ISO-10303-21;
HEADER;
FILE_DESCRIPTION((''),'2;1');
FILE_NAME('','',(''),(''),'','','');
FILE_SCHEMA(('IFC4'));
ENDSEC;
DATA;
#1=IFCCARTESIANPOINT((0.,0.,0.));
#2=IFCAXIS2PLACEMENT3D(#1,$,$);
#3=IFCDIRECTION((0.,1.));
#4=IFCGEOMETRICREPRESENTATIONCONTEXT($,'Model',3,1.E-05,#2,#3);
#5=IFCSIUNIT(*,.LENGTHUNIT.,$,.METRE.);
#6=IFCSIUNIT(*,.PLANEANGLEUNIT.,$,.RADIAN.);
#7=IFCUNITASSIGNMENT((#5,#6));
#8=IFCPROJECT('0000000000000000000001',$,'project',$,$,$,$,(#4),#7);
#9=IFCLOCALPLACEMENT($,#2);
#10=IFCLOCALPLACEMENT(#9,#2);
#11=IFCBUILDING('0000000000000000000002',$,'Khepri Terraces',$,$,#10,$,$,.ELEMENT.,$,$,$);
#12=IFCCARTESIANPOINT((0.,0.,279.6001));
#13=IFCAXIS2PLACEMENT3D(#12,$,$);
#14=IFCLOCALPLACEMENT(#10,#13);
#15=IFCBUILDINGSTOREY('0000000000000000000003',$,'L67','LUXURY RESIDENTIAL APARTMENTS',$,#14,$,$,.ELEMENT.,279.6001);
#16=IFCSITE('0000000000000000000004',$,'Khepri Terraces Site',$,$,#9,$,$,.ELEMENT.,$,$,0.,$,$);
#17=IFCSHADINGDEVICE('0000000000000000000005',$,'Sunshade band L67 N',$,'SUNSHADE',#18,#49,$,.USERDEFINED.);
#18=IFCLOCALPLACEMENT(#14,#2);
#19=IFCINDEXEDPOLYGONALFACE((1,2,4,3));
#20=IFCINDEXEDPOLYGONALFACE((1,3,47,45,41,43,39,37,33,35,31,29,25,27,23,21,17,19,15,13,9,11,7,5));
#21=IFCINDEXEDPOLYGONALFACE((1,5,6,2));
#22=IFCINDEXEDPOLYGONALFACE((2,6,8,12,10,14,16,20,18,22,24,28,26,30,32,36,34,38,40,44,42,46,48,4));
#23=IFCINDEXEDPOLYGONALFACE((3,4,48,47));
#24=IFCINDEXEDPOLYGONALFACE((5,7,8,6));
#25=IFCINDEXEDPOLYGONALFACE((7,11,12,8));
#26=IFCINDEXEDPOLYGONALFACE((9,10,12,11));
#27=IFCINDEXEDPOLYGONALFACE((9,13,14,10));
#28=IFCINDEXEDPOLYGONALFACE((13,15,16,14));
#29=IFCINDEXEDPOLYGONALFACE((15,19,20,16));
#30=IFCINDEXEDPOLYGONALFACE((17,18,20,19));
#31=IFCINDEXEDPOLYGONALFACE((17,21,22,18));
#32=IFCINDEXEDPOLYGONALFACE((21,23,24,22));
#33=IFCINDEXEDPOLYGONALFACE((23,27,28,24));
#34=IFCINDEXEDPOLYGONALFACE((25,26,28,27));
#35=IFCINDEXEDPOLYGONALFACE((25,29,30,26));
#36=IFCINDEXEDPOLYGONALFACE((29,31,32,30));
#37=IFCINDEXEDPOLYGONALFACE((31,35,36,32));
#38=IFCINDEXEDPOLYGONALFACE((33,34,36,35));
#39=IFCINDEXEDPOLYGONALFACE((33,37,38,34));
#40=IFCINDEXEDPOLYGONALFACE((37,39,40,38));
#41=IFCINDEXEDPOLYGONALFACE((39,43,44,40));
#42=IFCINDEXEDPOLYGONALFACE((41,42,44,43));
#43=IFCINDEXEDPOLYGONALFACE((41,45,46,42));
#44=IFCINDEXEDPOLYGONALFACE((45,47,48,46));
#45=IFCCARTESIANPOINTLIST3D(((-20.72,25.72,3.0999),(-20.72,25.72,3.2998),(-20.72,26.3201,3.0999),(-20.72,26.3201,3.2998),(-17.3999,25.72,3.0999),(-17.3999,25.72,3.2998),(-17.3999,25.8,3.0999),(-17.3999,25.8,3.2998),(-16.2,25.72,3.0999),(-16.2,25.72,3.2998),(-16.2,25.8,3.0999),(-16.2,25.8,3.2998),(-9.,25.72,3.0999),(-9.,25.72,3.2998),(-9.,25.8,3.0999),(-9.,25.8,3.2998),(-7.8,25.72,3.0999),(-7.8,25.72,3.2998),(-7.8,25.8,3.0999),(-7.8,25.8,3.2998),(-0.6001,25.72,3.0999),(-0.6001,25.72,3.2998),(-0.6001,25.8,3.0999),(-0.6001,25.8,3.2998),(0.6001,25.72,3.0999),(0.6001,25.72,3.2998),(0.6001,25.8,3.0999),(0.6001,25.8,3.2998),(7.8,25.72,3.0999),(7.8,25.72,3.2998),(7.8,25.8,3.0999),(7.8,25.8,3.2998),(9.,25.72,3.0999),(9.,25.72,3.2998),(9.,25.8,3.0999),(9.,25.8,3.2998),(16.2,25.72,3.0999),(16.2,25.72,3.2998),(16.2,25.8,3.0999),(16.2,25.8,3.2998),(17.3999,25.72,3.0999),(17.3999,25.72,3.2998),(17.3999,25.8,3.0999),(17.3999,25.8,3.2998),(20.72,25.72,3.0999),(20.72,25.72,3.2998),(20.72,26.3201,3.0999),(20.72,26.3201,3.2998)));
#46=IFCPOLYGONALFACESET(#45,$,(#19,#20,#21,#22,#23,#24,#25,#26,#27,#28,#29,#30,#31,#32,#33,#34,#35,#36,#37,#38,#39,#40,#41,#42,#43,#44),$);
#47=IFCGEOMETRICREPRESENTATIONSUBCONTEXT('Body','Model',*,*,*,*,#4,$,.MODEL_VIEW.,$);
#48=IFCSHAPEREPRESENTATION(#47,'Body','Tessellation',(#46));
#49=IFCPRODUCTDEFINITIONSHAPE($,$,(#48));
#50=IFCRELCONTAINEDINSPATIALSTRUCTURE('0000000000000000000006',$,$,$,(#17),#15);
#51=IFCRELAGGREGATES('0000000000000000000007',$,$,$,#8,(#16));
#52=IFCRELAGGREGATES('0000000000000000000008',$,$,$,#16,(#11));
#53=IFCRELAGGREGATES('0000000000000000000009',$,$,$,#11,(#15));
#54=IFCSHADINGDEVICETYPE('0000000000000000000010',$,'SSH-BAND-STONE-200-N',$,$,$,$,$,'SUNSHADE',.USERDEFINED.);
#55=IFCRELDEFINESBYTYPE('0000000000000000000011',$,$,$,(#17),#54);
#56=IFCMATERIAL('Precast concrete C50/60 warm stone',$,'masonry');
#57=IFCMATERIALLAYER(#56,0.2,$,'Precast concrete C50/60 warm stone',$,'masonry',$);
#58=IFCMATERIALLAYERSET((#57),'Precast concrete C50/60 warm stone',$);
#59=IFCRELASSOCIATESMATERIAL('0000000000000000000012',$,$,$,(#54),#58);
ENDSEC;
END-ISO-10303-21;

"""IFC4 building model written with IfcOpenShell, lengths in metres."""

from ifc_helpers import new_model, si_unit, direction, frame, origin, place, context, subcontext, project, spatial, polyline, outline, extrude, material, layer, layer_set, type_object, element, save


model = new_model("IFC4")

# Units and contexts
model_context = context("Model", 3, precision=1e-05, world=origin(), true_north=direction((0.0, 1.0)))
body_context = subcontext(model_context, "Body", "Model", "MODEL_VIEW")
ifc_project = project(units=[si_unit("LENGTHUNIT", "METRE"), si_unit("PLANEANGLEUNIT", "RADIAN")], contexts=[model_context])

# Site, building, storey
site_placement = place(None, origin())
site = spatial("IfcSite", under=ifc_project, at=site_placement, Name="Khepri Terraces Site", CompositionType="ELEMENT", RefElevation=0.0)
building_placement = place(site_placement, origin())
building = spatial("IfcBuilding", under=site, at=building_placement, Name="Khepri Terraces", CompositionType="ELEMENT")
storey_placement = place(building_placement, frame((0.0, 0.0, 279.6001)))
storey = spatial("IfcBuildingStorey", under=building, at=storey_placement, Name="L67", Description="LUXURY RESIDENTIAL APARTMENTS", CompositionType="ELEMENT", Elevation=279.6001)

# Shading device
ifc_material_1 = material(Name="Precast concrete C50/60 warm stone", Category="masonry")
ifc_layer_1 = layer(ifc_material_1, 0.2, Name="Precast concrete C50/60 warm stone", Category="masonry")
ifc_layer_set_1 = layer_set([ifc_layer_1], Name="Precast concrete C50/60 warm stone")
shading_device_type_1 = type_object("IfcShadingDeviceType", Name="SSH-BAND-STONE-200-N", ElementType="SUNSHADE", PredefinedType="USERDEFINED", material=ifc_layer_set_1)
shading_device_1_placement = place(storey_placement, frame((0.0, 0.0, 3.0999)))
element("IfcShadingDevice", 1, at=shading_device_1_placement, inside=storey, type_object=shading_device_type_1, Name="Sunshade band L67 N", ObjectType="SUNSHADE", PredefinedType="USERDEFINED", context=body_context, shape_type="SweptSolid", body=[
    extrude(outline(polyline([(17.3999, 25.72), (20.72, 25.72), (20.72, 26.3201), (-20.72, 26.3201), (-20.72, 25.72), (-17.3999, 25.72), (-17.3999, 25.8), (-16.2, 25.8), (-16.2, 25.72), (-9.0, 25.72), (-9.0, 25.8), (-7.8, 25.8), (-7.8, 25.72), (-0.6001, 25.72), (-0.6001, 25.8), (0.6001, 25.8), (0.6001, 25.72), (7.8, 25.72), (7.8, 25.8), (9.0, 25.8), (9.0, 25.72), (16.2, 25.72), (16.2, 25.8), (17.3999, 25.8), (17.3999, 25.72)])), origin(), (0.0, 0.0, 1.0), 0.2),
])

save(model, "model.ifc")
